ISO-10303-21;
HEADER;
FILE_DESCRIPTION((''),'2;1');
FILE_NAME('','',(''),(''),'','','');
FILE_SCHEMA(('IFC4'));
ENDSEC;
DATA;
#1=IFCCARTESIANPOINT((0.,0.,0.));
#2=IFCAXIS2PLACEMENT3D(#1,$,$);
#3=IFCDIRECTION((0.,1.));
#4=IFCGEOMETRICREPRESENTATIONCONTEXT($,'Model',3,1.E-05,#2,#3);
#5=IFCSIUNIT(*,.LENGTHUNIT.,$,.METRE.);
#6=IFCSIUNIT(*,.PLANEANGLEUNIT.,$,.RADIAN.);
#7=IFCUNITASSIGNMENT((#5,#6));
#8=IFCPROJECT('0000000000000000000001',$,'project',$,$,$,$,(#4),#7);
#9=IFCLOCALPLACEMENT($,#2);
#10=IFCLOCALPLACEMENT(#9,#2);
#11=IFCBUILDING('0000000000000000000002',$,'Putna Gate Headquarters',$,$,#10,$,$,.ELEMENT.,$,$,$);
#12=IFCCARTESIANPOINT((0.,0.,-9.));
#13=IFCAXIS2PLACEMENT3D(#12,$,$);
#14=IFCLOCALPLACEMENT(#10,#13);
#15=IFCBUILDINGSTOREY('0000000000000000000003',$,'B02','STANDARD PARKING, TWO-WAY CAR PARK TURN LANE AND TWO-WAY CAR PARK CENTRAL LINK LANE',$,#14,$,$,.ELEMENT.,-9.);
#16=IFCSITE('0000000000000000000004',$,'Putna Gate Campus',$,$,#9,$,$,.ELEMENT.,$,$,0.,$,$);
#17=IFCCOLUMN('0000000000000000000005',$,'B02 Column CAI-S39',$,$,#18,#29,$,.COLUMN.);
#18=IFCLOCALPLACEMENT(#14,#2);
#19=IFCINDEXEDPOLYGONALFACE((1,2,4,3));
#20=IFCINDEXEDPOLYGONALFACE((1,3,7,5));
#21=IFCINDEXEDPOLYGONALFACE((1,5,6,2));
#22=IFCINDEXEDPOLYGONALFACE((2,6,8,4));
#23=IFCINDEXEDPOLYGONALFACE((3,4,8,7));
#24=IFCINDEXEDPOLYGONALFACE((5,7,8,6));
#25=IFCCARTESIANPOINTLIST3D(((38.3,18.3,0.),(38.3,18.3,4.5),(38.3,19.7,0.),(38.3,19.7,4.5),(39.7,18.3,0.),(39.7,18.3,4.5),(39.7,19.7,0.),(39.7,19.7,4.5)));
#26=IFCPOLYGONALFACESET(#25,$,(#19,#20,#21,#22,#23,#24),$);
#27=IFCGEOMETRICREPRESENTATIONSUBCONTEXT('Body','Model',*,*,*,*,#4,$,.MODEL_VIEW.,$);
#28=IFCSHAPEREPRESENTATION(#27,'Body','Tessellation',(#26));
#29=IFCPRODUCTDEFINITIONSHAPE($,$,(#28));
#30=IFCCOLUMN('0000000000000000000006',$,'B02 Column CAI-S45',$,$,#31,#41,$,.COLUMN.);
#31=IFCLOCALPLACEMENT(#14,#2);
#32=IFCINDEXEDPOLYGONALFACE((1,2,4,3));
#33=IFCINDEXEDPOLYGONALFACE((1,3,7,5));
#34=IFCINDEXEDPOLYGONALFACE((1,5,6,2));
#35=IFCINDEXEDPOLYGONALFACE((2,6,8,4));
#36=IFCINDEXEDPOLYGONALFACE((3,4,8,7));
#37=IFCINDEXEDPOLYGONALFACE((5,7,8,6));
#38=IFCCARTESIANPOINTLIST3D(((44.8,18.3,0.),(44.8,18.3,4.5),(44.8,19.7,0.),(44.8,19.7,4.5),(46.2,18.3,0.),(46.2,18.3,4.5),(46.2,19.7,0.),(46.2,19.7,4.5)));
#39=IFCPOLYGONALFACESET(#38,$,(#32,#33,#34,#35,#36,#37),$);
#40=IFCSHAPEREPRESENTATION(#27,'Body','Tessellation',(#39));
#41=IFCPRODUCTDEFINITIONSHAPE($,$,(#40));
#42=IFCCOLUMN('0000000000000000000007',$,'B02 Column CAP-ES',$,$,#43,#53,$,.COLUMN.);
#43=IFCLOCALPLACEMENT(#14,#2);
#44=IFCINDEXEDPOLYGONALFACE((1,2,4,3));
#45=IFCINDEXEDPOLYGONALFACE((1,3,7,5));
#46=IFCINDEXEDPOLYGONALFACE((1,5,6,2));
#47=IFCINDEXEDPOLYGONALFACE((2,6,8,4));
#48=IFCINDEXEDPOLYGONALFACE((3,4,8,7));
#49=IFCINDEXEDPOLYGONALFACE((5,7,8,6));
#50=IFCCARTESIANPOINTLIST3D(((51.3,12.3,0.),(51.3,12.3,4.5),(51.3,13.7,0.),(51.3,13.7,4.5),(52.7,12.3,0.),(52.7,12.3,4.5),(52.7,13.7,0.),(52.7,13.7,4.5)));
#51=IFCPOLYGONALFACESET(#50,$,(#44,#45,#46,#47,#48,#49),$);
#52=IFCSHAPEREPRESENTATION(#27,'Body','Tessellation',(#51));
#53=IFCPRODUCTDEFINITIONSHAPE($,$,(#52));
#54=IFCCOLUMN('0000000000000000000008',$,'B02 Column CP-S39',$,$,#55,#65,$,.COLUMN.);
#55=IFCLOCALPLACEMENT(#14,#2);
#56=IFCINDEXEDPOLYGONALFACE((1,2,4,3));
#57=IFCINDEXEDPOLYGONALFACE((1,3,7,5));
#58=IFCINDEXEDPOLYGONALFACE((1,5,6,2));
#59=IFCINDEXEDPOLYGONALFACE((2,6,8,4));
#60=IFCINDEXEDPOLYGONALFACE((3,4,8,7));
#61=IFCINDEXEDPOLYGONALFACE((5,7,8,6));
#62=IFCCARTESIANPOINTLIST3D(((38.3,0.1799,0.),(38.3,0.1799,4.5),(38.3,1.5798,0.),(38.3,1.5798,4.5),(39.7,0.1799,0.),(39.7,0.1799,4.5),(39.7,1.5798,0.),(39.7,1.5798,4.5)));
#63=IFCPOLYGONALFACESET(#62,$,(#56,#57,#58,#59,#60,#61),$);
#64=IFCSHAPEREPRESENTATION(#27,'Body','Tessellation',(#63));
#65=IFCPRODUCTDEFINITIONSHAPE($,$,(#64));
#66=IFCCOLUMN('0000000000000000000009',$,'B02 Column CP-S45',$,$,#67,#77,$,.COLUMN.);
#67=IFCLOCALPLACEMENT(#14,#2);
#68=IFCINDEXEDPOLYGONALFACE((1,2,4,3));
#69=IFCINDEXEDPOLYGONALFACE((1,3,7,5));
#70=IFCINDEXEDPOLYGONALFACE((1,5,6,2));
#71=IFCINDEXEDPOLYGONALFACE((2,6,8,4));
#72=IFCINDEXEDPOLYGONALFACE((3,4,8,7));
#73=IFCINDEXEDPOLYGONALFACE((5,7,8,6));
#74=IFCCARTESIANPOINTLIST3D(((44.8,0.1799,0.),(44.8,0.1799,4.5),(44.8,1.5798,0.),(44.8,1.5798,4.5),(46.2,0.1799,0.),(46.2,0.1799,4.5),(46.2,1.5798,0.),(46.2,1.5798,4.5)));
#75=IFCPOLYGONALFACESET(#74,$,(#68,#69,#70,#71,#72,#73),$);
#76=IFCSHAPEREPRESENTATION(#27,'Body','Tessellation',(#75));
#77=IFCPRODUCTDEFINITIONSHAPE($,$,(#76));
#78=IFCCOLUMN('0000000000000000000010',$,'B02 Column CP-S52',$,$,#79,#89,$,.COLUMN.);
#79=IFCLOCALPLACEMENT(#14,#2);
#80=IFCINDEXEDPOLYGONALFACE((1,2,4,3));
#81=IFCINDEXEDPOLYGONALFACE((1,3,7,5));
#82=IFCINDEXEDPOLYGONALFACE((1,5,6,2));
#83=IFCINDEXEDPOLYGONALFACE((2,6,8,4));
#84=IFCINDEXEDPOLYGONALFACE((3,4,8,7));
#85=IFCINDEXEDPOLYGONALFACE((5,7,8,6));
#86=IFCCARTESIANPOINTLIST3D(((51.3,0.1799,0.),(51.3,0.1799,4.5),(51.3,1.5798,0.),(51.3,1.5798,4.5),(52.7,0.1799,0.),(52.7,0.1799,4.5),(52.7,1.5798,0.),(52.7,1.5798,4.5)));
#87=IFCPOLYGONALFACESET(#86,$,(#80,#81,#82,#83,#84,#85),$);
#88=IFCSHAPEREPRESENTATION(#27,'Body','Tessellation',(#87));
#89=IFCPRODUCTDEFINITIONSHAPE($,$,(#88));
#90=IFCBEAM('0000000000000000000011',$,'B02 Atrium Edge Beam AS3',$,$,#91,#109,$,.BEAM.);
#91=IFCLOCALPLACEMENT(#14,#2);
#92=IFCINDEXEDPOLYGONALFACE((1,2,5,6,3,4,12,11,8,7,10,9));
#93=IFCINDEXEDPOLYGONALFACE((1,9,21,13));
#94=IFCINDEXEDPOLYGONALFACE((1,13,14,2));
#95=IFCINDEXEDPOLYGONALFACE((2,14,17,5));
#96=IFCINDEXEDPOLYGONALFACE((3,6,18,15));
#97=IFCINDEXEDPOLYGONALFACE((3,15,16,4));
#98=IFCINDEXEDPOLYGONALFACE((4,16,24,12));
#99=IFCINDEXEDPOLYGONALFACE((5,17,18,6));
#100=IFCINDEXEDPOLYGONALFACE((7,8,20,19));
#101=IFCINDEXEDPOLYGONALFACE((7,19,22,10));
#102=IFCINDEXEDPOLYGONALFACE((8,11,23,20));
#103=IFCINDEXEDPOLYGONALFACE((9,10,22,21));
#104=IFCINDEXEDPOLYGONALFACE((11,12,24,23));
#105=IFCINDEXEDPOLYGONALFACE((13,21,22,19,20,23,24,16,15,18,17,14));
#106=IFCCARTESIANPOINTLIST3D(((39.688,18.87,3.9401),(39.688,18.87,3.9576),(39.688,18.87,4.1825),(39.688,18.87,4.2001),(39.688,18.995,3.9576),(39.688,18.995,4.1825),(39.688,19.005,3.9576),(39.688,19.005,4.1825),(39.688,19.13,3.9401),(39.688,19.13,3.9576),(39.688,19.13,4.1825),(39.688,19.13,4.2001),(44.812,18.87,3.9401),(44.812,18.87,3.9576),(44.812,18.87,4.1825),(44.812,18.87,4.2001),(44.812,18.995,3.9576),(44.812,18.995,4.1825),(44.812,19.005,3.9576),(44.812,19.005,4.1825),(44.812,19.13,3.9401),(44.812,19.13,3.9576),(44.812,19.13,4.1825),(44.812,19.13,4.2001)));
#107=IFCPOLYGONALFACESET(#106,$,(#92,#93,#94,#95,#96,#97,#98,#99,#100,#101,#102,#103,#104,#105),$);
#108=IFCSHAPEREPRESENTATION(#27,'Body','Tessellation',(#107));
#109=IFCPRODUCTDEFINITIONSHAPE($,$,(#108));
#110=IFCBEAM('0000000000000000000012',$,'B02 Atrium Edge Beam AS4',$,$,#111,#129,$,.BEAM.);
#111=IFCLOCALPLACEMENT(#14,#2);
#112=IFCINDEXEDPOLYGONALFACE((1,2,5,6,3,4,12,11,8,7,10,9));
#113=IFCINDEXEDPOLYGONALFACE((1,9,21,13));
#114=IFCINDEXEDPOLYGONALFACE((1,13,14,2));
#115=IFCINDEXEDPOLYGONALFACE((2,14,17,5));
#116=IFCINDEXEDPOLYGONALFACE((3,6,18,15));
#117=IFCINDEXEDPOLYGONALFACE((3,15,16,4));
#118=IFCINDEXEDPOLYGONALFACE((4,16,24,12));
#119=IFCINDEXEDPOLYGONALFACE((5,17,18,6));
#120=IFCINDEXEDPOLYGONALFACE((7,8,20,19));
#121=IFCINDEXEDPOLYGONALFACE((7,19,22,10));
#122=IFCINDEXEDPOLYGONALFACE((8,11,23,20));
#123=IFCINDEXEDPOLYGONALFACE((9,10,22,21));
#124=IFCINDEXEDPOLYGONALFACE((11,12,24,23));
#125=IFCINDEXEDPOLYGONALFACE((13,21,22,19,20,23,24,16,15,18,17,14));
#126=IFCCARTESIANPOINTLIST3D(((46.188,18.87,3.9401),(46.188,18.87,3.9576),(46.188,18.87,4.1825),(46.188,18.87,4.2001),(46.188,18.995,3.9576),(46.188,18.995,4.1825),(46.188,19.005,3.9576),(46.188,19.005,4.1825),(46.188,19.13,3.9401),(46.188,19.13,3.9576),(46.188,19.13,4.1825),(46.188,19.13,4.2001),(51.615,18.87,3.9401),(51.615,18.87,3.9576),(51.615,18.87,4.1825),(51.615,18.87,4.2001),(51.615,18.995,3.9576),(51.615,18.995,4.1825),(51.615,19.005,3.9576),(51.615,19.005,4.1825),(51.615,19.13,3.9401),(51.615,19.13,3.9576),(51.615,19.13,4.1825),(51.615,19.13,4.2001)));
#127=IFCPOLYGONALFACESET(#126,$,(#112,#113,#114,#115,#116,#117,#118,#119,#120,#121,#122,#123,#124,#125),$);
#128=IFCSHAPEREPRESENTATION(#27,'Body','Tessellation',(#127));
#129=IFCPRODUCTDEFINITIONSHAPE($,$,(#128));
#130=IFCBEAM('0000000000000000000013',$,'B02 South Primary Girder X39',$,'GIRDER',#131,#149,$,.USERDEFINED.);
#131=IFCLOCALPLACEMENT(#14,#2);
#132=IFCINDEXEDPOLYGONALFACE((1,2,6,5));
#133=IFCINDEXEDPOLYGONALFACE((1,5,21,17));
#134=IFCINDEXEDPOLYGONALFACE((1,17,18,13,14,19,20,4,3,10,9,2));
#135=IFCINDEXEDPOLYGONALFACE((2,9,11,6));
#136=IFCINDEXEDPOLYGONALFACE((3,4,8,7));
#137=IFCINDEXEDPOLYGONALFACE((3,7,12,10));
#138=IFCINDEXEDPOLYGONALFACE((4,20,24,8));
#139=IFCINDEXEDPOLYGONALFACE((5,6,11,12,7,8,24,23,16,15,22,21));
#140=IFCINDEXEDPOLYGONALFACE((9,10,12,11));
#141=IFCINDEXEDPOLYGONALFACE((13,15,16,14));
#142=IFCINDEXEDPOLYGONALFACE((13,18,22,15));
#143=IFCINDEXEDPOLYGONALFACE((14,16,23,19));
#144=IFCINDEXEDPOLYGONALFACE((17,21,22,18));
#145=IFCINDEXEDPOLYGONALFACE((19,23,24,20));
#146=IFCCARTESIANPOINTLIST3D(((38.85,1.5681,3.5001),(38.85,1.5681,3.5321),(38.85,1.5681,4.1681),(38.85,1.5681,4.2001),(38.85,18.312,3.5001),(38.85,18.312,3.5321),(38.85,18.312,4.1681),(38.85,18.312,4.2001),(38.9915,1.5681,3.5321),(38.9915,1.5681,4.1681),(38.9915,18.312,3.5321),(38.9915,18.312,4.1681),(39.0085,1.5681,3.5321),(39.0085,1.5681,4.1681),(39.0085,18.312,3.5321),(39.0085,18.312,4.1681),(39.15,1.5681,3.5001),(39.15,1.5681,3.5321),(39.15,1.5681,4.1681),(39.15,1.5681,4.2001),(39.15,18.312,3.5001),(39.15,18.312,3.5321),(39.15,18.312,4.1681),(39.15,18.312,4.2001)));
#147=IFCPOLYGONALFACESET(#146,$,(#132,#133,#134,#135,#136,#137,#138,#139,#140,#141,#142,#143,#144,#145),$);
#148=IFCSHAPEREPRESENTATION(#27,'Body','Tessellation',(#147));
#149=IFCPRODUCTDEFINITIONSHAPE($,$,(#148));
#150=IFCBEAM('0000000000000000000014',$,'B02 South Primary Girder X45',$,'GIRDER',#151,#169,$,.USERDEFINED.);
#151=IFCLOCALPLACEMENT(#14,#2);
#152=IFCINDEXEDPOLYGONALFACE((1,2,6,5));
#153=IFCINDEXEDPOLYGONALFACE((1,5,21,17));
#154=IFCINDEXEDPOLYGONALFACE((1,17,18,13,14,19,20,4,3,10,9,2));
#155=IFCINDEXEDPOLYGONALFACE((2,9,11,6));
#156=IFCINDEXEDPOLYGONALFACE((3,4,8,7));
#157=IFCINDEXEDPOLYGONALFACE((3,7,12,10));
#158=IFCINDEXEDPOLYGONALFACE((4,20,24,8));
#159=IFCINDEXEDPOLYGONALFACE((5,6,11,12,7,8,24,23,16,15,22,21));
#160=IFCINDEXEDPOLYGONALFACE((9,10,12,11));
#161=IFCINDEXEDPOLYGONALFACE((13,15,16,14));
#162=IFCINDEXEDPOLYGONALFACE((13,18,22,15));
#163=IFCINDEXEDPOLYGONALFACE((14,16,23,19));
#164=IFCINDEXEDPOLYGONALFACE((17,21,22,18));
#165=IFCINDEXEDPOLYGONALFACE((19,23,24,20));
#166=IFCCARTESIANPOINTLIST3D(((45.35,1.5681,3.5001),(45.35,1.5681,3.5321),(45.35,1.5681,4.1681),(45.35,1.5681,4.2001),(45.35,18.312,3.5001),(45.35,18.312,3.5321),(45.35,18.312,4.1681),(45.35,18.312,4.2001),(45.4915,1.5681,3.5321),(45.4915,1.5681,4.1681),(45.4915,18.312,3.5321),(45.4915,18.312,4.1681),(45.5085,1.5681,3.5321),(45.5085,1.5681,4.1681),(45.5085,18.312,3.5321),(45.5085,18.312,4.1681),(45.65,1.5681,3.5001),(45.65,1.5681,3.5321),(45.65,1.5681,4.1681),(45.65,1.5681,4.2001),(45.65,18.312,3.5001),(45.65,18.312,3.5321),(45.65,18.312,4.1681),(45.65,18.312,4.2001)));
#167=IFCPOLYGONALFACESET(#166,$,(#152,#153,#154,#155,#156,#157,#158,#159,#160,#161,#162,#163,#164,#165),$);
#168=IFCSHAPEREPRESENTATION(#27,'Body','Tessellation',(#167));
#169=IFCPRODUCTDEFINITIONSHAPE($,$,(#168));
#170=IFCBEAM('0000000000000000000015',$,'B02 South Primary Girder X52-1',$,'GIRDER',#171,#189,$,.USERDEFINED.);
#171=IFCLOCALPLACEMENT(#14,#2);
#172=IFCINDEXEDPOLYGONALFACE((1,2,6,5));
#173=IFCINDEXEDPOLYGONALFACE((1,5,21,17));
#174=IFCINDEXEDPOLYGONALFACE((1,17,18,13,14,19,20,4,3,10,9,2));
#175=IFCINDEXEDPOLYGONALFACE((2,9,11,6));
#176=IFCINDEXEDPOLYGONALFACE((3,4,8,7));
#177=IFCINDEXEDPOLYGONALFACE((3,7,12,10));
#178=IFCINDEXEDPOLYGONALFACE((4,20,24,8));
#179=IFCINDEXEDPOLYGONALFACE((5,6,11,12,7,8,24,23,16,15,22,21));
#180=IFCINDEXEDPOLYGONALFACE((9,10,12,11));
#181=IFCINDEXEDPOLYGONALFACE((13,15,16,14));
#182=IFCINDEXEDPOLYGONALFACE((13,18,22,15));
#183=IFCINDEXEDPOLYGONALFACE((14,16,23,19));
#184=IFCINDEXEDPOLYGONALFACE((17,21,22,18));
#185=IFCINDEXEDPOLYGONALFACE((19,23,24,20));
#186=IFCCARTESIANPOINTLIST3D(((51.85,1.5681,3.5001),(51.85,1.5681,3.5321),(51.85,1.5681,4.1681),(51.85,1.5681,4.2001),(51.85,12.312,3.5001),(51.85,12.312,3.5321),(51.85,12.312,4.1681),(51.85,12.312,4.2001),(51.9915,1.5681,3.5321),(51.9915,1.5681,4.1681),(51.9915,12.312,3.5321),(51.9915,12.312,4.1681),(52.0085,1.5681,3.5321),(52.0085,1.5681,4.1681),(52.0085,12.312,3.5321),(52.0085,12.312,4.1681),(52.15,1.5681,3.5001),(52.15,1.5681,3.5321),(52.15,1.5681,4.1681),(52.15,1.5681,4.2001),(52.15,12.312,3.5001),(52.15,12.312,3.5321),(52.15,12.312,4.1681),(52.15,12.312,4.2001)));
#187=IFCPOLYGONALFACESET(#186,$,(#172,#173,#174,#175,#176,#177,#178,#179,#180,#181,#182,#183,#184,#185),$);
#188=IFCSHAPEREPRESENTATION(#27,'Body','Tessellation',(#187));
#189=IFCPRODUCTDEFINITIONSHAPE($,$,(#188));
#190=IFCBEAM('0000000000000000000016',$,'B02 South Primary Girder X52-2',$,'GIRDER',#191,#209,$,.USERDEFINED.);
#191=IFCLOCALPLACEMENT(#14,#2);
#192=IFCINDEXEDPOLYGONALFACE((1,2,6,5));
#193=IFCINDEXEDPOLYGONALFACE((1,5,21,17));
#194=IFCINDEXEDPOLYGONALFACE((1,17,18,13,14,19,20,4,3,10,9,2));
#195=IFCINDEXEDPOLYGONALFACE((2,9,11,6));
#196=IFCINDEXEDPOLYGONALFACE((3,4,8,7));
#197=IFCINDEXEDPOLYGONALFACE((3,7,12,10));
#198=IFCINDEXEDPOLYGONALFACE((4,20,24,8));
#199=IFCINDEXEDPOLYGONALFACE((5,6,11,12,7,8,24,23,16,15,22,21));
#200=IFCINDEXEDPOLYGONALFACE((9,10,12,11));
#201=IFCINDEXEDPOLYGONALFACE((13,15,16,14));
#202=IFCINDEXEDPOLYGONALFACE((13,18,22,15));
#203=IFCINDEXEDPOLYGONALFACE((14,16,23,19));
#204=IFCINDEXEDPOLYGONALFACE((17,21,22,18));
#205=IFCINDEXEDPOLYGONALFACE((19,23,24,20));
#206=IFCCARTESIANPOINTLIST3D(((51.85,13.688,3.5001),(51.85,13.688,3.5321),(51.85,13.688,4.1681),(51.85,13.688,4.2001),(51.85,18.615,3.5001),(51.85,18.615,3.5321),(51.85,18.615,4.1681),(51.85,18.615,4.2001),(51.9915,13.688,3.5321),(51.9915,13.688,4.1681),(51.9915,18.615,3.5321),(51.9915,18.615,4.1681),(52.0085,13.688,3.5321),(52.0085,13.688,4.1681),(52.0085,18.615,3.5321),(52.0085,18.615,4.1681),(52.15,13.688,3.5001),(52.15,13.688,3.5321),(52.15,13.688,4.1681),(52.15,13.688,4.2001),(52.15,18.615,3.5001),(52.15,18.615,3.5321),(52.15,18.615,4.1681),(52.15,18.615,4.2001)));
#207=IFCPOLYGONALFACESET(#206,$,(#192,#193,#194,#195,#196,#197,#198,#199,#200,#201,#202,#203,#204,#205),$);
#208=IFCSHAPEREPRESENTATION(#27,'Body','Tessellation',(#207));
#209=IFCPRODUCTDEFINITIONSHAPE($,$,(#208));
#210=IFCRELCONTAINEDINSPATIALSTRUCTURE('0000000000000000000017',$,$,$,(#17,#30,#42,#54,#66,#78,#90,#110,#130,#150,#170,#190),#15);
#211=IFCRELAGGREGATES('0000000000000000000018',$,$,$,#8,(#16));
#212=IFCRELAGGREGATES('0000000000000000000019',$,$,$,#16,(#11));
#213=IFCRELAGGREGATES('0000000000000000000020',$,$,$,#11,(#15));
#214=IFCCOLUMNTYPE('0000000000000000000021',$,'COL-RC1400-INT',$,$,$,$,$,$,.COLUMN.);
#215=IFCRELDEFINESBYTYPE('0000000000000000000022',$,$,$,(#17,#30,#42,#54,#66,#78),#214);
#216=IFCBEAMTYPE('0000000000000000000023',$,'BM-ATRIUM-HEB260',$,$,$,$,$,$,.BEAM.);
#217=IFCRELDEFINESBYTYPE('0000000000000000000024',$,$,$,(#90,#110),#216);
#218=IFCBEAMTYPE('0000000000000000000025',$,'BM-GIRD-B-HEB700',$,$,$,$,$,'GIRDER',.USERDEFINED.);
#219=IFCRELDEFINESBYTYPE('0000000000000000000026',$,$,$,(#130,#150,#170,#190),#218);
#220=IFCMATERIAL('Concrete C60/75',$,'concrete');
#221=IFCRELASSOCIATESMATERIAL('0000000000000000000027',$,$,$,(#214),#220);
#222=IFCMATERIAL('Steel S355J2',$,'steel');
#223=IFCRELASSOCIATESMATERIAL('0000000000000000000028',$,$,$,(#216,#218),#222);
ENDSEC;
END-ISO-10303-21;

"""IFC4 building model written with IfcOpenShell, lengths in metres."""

from ifc_helpers import new_model, si_unit, direction, frame, origin, origin_2d, place, context, subcontext, project, spatial, rectangle, i_section, extrude, material, material_profile, profile_set, type_object, element, save


model = new_model("IFC4")

# Units and contexts
model_context = context("Model", 3, precision=1e-05, world=origin(), true_north=direction((0.0, 1.0)))
body_context = subcontext(model_context, "Body", "Model", "MODEL_VIEW")
ifc_project = project(units=[si_unit("LENGTHUNIT", "METRE"), si_unit("PLANEANGLEUNIT", "RADIAN")], contexts=[model_context])

# Site, building, storey
site_placement = place(None, origin())
site = spatial("IfcSite", under=ifc_project, at=site_placement, Name="Putna Gate Campus", CompositionType="ELEMENT", RefElevation=0.0)
building_placement = place(site_placement, origin())
building = spatial("IfcBuilding", under=site, at=building_placement, Name="Putna Gate Headquarters", CompositionType="ELEMENT")
storey_placement = place(building_placement, frame((0.0, 0.0, -9.0)))
storey = spatial("IfcBuildingStorey", under=building, at=storey_placement, Name="B02", Description="STANDARD PARKING, TWO-WAY CAR PARK TURN LANE AND TWO-WAY CAR PARK CENTRAL LINK LANE", CompositionType="ELEMENT", Elevation=-9.0)

# Columns
ifc_material_1 = material(Name="Concrete C60/75", Category="concrete")
ifc_material_profile_1 = material_profile(ifc_material_1, rectangle(XDim=1.3999, YDim=1.3999, at=origin_2d()), Name="Concrete C60/75")
ifc_profile_set_1 = profile_set([ifc_material_profile_1], Name="Concrete C60/75")
column_type = type_object("IfcColumnType", Name="COL-RC1400-INT", PredefinedType="COLUMN", material=ifc_profile_set_1)
for number, where, z_axis, x_axis, name in (
    (1, (39.0, 19.0, 0.0), (0.0, 0.0, 1.0), (1.0, 0.0, 0.0), "B02 Column CAI-S39"),
    (2, (45.5, 19.0, 0.0), (0.0, 0.0, 1.0), (1.0, 0.0, 0.0), "B02 Column CAI-S45"),
    (3, (52.0, 13.0, 0.0), (0.0, 0.0, 1.0), (1.0, 0.0, 0.0), "B02 Column CAP-ES"),
    (4, (39.0, 0.8799, 0.0), (0.0, 0.0, 1.0), (1.0, 0.0, 0.0), "B02 Column CP-S39"),
    (5, (45.5, 0.8799, 0.0), (0.0, 0.0, 1.0), (1.0, 0.0, 0.0), "B02 Column CP-S45"),
    (6, (52.0, 0.8799, 0.0), (0.0, 0.0, 1.0), (1.0, 0.0, 0.0), "B02 Column CP-S52"),
):
    element("IfcColumn", number, at=place(storey_placement, frame(where, z_axis=z_axis, x_axis=x_axis)), inside=storey, type_object=column_type, Name=name, PredefinedType="COLUMN", context=body_context, shape_type="SweptSolid", body=[
        extrude(rectangle(XDim=1.3999, YDim=1.3999, at=origin_2d()), origin(), (0.0, 0.0, 1.0), 4.5),
    ])

# Beams
ifc_material_2 = material(Name="Steel S355J2", Category="steel")
ifc_material_profile_2 = material_profile(ifc_material_2, i_section(OverallWidth=0.26, OverallDepth=0.26, WebThickness=0.01, FlangeThickness=0.0176, at=origin_2d()), Name="Steel S355J2")
ifc_profile_set_2 = profile_set([ifc_material_profile_2], Name="Steel S355J2")
beam_type_1 = type_object("IfcBeamType", Name="BM-ATRIUM-HEB260", PredefinedType="BEAM", material=ifc_profile_set_2)
beam_1_placement = place(storey_placement, frame((39.688, 19.0, 4.0701), z_axis=(1.0, 0.0, 0.0), x_axis=(0.0, 1.0, 0.0)))
element("IfcBeam", 7, at=beam_1_placement, inside=storey, type_object=beam_type_1, Name="B02 Atrium Edge Beam AS3", PredefinedType="BEAM", context=body_context, shape_type="SweptSolid", body=[
    extrude(i_section(OverallWidth=0.26, OverallDepth=0.26, WebThickness=0.01, FlangeThickness=0.0176, at=origin_2d()), origin(), (0.0, 0.0, 1.0), 5.124),
])
beam_2_placement = place(storey_placement, frame((46.188, 19.0, 4.0701), z_axis=(1.0, 0.0, 0.0), x_axis=(0.0, 1.0, 0.0)))
element("IfcBeam", 8, at=beam_2_placement, inside=storey, type_object=beam_type_1, Name="B02 Atrium Edge Beam AS4", PredefinedType="BEAM", context=body_context, shape_type="SweptSolid", body=[
    extrude(i_section(OverallWidth=0.26, OverallDepth=0.26, WebThickness=0.01, FlangeThickness=0.0176, at=origin_2d()), origin(), (0.0, 0.0, 1.0), 5.427),
])
ifc_material_profile_3 = material_profile(ifc_material_2, i_section(OverallWidth=0.3, OverallDepth=0.7, WebThickness=0.0171, FlangeThickness=0.032, at=origin_2d()), Name="Steel S355J2")
ifc_profile_set_3 = profile_set([ifc_material_profile_3], Name="Steel S355J2")
beam_type_2 = type_object("IfcBeamType", Name="BM-GIRD-B-HEB700", ElementType="GIRDER", PredefinedType="USERDEFINED", material=ifc_profile_set_3)
for number, where, z_axis, x_axis, name in (
    (9, (39.0, 1.5681, 3.8501), (0.0, 1.0, 0.0), (-1.0, 0.0, 0.0), "B02 South Primary Girder X39"),
    (10, (45.5, 1.5681, 3.8501), (0.0, 1.0, 0.0), (-1.0, 0.0, 0.0), "B02 South Primary Girder X45"),
):
    element("IfcBeam", number, at=place(storey_placement, frame(where, z_axis=z_axis, x_axis=x_axis)), inside=storey, type_object=beam_type_2, Name=name, ObjectType="GIRDER", PredefinedType="USERDEFINED", context=body_context, shape_type="SweptSolid", body=[
        extrude(i_section(OverallWidth=0.3, OverallDepth=0.7, WebThickness=0.0171, FlangeThickness=0.032, at=origin_2d()), origin(), (0.0, 0.0, 1.0), 16.7439),
    ])
beam_3_placement = place(storey_placement, frame((52.0, 1.5681, 3.8501), z_axis=(0.0, 1.0, 0.0), x_axis=(-1.0, 0.0, 0.0)))
element("IfcBeam", 11, at=beam_3_placement, inside=storey, type_object=beam_type_2, Name="B02 South Primary Girder X52-1", ObjectType="GIRDER", PredefinedType="USERDEFINED", context=body_context, shape_type="SweptSolid", body=[
    extrude(i_section(OverallWidth=0.3, OverallDepth=0.7, WebThickness=0.0171, FlangeThickness=0.032, at=origin_2d()), origin(), (0.0, 0.0, 1.0), 10.7439),
])
beam_4_placement = place(storey_placement, frame((52.0, 13.688, 3.8501), z_axis=(0.0, 1.0, 0.0), x_axis=(-1.0, 0.0, 0.0)))
element("IfcBeam", 12, at=beam_4_placement, inside=storey, type_object=beam_type_2, Name="B02 South Primary Girder X52-2", ObjectType="GIRDER", PredefinedType="USERDEFINED", context=body_context, shape_type="SweptSolid", body=[
    extrude(i_section(OverallWidth=0.3, OverallDepth=0.7, WebThickness=0.0171, FlangeThickness=0.032, at=origin_2d()), origin(), (0.0, 0.0, 1.0), 4.927),
])

save(model, "model.ifc")
